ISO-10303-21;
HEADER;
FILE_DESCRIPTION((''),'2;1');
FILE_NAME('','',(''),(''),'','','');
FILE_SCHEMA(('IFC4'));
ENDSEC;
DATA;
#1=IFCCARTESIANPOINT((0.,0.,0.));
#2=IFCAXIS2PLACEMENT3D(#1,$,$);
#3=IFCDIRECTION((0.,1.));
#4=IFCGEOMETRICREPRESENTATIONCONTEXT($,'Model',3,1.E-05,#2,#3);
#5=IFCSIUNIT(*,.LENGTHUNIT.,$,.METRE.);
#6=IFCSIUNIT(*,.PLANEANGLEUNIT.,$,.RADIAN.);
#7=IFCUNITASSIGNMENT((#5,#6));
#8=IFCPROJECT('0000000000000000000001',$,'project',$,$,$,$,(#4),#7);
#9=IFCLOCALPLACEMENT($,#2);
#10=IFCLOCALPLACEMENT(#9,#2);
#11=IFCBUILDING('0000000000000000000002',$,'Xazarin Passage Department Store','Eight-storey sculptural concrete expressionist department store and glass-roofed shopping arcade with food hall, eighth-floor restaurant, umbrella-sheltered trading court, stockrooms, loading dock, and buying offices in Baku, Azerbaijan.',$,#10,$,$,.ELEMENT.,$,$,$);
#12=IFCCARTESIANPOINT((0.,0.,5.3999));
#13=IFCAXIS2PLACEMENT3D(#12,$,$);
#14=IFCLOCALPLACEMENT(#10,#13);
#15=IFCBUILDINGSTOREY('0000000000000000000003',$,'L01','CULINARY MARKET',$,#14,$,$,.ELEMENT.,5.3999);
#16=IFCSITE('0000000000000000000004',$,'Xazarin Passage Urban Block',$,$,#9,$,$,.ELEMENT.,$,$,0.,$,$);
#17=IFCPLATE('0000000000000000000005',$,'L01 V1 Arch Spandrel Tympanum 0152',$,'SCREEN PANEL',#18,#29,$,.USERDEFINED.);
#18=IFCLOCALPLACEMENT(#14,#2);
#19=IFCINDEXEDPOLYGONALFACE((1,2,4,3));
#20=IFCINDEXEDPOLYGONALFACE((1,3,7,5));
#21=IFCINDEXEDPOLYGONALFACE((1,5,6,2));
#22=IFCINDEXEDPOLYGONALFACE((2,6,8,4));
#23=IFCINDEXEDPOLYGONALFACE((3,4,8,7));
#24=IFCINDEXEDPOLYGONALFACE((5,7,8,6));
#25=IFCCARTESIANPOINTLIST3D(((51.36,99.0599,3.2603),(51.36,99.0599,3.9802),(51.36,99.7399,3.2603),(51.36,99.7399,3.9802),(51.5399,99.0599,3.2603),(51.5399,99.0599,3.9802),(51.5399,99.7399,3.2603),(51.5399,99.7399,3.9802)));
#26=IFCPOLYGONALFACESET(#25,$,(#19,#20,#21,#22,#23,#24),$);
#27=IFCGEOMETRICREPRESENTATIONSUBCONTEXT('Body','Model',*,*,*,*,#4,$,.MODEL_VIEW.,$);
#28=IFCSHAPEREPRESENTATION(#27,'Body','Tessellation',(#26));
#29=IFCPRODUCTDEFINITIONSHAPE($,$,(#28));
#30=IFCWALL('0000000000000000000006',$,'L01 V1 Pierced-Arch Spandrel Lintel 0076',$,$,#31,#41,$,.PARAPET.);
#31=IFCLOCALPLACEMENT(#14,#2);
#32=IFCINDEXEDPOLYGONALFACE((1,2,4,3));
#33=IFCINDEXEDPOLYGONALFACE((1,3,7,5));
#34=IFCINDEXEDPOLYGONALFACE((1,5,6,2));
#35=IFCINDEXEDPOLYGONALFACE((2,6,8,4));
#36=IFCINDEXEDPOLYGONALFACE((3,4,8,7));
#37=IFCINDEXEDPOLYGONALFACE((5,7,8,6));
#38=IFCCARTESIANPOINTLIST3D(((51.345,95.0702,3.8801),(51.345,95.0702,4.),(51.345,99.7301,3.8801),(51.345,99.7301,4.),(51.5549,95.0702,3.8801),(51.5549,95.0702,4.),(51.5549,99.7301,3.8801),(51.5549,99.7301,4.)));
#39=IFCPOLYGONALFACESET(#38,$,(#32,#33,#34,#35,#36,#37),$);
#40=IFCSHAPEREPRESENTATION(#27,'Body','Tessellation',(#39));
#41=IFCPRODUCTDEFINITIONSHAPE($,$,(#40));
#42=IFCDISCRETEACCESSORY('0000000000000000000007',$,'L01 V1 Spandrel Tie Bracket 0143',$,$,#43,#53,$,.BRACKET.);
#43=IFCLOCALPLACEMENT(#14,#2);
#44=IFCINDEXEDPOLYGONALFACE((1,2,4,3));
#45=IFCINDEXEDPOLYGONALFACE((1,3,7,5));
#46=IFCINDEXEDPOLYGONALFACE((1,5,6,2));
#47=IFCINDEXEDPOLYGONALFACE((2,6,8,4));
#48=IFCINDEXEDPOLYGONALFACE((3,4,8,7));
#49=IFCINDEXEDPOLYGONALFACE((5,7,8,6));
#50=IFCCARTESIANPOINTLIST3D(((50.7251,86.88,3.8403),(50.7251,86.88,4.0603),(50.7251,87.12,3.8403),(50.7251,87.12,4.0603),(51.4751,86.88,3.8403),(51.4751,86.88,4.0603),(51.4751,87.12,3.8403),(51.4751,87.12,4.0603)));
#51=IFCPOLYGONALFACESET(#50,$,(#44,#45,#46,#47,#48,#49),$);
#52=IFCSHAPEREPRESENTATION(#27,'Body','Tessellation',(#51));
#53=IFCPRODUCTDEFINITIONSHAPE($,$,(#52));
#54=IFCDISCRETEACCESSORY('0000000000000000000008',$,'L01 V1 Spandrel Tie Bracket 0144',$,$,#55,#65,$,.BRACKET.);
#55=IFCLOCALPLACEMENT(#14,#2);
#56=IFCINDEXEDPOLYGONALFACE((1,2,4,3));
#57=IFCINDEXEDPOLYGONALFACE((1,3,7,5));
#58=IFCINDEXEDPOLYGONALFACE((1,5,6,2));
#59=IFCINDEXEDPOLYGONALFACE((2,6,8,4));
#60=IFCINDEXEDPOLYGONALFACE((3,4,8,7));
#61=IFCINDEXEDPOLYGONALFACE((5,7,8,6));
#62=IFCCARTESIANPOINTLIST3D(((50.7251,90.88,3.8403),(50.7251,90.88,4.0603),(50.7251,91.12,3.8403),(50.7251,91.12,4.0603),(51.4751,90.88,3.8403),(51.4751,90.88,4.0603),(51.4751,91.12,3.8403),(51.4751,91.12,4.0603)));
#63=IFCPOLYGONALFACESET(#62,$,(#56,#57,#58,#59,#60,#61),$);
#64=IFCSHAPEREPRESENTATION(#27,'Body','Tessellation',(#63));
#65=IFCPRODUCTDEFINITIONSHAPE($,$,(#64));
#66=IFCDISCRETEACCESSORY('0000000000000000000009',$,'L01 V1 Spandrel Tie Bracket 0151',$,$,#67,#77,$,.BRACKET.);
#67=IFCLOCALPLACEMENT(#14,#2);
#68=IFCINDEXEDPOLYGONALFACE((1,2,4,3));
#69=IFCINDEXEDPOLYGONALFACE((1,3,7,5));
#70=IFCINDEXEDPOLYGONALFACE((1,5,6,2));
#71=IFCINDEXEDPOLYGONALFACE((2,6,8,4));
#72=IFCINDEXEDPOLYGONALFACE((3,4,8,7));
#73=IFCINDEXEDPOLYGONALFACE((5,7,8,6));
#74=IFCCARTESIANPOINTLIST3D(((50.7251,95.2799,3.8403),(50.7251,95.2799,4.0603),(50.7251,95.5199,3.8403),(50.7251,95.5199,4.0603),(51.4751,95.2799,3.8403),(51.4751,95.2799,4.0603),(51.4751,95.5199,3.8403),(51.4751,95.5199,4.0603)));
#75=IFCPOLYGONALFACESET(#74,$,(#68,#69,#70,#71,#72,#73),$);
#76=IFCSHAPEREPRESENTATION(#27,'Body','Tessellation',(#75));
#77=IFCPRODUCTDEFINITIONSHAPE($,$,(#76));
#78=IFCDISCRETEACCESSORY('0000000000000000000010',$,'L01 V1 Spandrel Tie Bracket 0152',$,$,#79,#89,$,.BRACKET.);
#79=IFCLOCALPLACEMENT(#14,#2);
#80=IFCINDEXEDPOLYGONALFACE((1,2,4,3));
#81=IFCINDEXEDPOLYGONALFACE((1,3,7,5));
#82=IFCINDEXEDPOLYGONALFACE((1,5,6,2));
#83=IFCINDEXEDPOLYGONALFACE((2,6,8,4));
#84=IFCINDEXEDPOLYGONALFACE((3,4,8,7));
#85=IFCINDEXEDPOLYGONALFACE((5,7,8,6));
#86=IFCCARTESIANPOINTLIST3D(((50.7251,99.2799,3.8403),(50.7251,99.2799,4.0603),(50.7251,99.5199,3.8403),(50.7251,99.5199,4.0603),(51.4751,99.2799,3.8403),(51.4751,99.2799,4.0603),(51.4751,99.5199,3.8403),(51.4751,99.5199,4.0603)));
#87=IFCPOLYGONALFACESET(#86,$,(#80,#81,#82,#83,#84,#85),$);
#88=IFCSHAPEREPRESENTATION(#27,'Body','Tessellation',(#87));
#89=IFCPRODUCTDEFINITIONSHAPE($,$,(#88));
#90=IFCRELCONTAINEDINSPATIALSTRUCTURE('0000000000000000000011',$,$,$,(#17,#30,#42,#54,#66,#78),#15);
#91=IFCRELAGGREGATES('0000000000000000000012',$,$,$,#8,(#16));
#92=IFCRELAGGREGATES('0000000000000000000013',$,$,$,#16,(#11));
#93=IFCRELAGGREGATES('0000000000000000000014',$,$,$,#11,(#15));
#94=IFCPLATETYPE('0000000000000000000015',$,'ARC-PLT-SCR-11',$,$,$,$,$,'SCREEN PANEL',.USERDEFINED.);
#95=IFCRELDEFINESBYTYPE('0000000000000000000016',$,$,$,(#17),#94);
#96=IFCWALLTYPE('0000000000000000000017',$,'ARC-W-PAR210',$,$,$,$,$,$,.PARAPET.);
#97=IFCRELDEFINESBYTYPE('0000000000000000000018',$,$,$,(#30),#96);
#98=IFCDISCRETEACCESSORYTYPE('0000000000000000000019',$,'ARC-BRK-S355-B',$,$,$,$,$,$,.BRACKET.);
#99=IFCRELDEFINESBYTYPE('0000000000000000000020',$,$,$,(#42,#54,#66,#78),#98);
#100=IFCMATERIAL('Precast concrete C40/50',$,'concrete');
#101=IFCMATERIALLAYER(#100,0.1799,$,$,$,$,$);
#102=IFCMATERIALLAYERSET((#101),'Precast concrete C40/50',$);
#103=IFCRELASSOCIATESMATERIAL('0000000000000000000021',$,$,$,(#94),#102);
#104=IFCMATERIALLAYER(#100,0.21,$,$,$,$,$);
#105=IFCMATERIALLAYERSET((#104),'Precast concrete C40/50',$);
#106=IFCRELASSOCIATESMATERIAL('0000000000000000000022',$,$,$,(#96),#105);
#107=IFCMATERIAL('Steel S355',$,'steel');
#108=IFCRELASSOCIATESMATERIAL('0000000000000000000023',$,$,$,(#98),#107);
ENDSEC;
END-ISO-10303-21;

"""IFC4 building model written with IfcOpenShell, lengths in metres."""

from ifc_helpers import new_model, si_unit, direction, frame, frame_2d, origin, origin_2d, place, context, subcontext, project, spatial, rectangle, extrude, material, layer, layer_set, type_object, element, save


model = new_model("IFC4")

# Units and contexts
model_context = context("Model", 3, precision=1e-05, world=origin(), true_north=direction((0.0, 1.0)))
body_context = subcontext(model_context, "Body", "Model", "MODEL_VIEW")
ifc_project = project(units=[si_unit("LENGTHUNIT", "METRE"), si_unit("PLANEANGLEUNIT", "RADIAN")], contexts=[model_context])

# Site, building, storey
site_placement = place(None, origin())
site = spatial("IfcSite", under=ifc_project, at=site_placement, Name="Xazarin Passage Urban Block", CompositionType="ELEMENT", RefElevation=0.0)
building_placement = place(site_placement, origin())
building = spatial("IfcBuilding", under=site, at=building_placement, Name="Xazarin Passage Department Store", Description="Eight-storey sculptural concrete expressionist department store and glass-roofed shopping arcade with food hall, eighth-floor restaurant, umbrella-sheltered trading court, stockrooms, loading dock, and buying offices in Baku, Azerbaijan.", CompositionType="ELEMENT")
storey_placement = place(building_placement, frame((0.0, 0.0, 5.3999)))
storey = spatial("IfcBuildingStorey", under=building, at=storey_placement, Name="L01", Description="CULINARY MARKET", CompositionType="ELEMENT", Elevation=5.3999)

# Plate
ifc_material_1 = material(Name="Precast concrete C40/50", Category="concrete")
ifc_layer_1 = layer(ifc_material_1, 0.1799)
ifc_layer_set_1 = layer_set([ifc_layer_1], Name="Precast concrete C40/50")
plate_type_1 = type_object("IfcPlateType", Name="ARC-PLT-SCR-11", ElementType="SCREEN PANEL", PredefinedType="USERDEFINED", material=ifc_layer_set_1)
for number, where, z_axis, x_axis, name in (
    (1, (51.45, 99.3999, 3.2603), (0.0, 0.0, 1.0), (0.0, 1.0, 0.0), "L01 V1 Arch Spandrel Tympanum 0152"),
):
    element("IfcPlate", number, at=place(storey_placement, frame(where, z_axis=z_axis, x_axis=x_axis)), inside=storey, type_object=plate_type_1, Name=name, ObjectType="SCREEN PANEL", PredefinedType="USERDEFINED", context=body_context, shape_type="SweptSolid", body=[
        extrude(rectangle(XDim=0.6799, YDim=0.1799, at=origin_2d()), origin(), (0.0, 0.0, 1.0), 0.72),
    ])

# Wall
ifc_layer_2 = layer(ifc_material_1, 0.21)
ifc_layer_set_2 = layer_set([ifc_layer_2], Name="Precast concrete C40/50")
wall_type = type_object("IfcWallType", Name="ARC-W-PAR210", PredefinedType="PARAPET", material=ifc_layer_set_2)
wall_placement = place(storey_placement, frame((51.45, 95.0701, 3.8801), z_axis=(0.0, 0.0, 1.0), x_axis=(0.0, 1.0, 0.0)))
element("IfcWall", 2, at=wall_placement, inside=storey, type_object=wall_type, Name="L01 V1 Pierced-Arch Spandrel Lintel 0076", PredefinedType="PARAPET", context=body_context, shape_type="SweptSolid", body=[
    extrude(rectangle(XDim=4.6599, YDim=0.21, at=frame_2d((2.3301, 0.0))), origin(), (0.0, 0.0, 1.0), 0.1199),
])

# Discrete accessories
ifc_material_2 = material(Name="Steel S355", Category="steel")
discrete_accessory_type = type_object("IfcDiscreteAccessoryType", Name="ARC-BRK-S355-B", PredefinedType="BRACKET", material=ifc_material_2)
for number, where, z_axis, x_axis, name in (
    (3, (51.1001, 87.0, 3.8403), (0.0, 0.0, 1.0), (0.0, 1.0, 0.0), "L01 V1 Spandrel Tie Bracket 0143"),
    (4, (51.1001, 91.0, 3.8403), (0.0, 0.0, 1.0), (0.0, 1.0, 0.0), "L01 V1 Spandrel Tie Bracket 0144"),
    (5, (51.1001, 95.3999, 3.8403), (0.0, 0.0, 1.0), (0.0, 1.0, 0.0), "L01 V1 Spandrel Tie Bracket 0151"),
    (6, (51.1001, 99.3999, 3.8403), (0.0, 0.0, 1.0), (0.0, 1.0, 0.0), "L01 V1 Spandrel Tie Bracket 0152"),
):
    element("IfcDiscreteAccessory", number, at=place(storey_placement, frame(where, z_axis=z_axis, x_axis=x_axis)), inside=storey, type_object=discrete_accessory_type, Name=name, PredefinedType="BRACKET", context=body_context, shape_type="SweptSolid", body=[
        extrude(rectangle(XDim=0.24, YDim=0.75, at=origin_2d()), origin(), (0.0, 0.0, 1.0), 0.22),
    ])

save(model, "model.ifc")
